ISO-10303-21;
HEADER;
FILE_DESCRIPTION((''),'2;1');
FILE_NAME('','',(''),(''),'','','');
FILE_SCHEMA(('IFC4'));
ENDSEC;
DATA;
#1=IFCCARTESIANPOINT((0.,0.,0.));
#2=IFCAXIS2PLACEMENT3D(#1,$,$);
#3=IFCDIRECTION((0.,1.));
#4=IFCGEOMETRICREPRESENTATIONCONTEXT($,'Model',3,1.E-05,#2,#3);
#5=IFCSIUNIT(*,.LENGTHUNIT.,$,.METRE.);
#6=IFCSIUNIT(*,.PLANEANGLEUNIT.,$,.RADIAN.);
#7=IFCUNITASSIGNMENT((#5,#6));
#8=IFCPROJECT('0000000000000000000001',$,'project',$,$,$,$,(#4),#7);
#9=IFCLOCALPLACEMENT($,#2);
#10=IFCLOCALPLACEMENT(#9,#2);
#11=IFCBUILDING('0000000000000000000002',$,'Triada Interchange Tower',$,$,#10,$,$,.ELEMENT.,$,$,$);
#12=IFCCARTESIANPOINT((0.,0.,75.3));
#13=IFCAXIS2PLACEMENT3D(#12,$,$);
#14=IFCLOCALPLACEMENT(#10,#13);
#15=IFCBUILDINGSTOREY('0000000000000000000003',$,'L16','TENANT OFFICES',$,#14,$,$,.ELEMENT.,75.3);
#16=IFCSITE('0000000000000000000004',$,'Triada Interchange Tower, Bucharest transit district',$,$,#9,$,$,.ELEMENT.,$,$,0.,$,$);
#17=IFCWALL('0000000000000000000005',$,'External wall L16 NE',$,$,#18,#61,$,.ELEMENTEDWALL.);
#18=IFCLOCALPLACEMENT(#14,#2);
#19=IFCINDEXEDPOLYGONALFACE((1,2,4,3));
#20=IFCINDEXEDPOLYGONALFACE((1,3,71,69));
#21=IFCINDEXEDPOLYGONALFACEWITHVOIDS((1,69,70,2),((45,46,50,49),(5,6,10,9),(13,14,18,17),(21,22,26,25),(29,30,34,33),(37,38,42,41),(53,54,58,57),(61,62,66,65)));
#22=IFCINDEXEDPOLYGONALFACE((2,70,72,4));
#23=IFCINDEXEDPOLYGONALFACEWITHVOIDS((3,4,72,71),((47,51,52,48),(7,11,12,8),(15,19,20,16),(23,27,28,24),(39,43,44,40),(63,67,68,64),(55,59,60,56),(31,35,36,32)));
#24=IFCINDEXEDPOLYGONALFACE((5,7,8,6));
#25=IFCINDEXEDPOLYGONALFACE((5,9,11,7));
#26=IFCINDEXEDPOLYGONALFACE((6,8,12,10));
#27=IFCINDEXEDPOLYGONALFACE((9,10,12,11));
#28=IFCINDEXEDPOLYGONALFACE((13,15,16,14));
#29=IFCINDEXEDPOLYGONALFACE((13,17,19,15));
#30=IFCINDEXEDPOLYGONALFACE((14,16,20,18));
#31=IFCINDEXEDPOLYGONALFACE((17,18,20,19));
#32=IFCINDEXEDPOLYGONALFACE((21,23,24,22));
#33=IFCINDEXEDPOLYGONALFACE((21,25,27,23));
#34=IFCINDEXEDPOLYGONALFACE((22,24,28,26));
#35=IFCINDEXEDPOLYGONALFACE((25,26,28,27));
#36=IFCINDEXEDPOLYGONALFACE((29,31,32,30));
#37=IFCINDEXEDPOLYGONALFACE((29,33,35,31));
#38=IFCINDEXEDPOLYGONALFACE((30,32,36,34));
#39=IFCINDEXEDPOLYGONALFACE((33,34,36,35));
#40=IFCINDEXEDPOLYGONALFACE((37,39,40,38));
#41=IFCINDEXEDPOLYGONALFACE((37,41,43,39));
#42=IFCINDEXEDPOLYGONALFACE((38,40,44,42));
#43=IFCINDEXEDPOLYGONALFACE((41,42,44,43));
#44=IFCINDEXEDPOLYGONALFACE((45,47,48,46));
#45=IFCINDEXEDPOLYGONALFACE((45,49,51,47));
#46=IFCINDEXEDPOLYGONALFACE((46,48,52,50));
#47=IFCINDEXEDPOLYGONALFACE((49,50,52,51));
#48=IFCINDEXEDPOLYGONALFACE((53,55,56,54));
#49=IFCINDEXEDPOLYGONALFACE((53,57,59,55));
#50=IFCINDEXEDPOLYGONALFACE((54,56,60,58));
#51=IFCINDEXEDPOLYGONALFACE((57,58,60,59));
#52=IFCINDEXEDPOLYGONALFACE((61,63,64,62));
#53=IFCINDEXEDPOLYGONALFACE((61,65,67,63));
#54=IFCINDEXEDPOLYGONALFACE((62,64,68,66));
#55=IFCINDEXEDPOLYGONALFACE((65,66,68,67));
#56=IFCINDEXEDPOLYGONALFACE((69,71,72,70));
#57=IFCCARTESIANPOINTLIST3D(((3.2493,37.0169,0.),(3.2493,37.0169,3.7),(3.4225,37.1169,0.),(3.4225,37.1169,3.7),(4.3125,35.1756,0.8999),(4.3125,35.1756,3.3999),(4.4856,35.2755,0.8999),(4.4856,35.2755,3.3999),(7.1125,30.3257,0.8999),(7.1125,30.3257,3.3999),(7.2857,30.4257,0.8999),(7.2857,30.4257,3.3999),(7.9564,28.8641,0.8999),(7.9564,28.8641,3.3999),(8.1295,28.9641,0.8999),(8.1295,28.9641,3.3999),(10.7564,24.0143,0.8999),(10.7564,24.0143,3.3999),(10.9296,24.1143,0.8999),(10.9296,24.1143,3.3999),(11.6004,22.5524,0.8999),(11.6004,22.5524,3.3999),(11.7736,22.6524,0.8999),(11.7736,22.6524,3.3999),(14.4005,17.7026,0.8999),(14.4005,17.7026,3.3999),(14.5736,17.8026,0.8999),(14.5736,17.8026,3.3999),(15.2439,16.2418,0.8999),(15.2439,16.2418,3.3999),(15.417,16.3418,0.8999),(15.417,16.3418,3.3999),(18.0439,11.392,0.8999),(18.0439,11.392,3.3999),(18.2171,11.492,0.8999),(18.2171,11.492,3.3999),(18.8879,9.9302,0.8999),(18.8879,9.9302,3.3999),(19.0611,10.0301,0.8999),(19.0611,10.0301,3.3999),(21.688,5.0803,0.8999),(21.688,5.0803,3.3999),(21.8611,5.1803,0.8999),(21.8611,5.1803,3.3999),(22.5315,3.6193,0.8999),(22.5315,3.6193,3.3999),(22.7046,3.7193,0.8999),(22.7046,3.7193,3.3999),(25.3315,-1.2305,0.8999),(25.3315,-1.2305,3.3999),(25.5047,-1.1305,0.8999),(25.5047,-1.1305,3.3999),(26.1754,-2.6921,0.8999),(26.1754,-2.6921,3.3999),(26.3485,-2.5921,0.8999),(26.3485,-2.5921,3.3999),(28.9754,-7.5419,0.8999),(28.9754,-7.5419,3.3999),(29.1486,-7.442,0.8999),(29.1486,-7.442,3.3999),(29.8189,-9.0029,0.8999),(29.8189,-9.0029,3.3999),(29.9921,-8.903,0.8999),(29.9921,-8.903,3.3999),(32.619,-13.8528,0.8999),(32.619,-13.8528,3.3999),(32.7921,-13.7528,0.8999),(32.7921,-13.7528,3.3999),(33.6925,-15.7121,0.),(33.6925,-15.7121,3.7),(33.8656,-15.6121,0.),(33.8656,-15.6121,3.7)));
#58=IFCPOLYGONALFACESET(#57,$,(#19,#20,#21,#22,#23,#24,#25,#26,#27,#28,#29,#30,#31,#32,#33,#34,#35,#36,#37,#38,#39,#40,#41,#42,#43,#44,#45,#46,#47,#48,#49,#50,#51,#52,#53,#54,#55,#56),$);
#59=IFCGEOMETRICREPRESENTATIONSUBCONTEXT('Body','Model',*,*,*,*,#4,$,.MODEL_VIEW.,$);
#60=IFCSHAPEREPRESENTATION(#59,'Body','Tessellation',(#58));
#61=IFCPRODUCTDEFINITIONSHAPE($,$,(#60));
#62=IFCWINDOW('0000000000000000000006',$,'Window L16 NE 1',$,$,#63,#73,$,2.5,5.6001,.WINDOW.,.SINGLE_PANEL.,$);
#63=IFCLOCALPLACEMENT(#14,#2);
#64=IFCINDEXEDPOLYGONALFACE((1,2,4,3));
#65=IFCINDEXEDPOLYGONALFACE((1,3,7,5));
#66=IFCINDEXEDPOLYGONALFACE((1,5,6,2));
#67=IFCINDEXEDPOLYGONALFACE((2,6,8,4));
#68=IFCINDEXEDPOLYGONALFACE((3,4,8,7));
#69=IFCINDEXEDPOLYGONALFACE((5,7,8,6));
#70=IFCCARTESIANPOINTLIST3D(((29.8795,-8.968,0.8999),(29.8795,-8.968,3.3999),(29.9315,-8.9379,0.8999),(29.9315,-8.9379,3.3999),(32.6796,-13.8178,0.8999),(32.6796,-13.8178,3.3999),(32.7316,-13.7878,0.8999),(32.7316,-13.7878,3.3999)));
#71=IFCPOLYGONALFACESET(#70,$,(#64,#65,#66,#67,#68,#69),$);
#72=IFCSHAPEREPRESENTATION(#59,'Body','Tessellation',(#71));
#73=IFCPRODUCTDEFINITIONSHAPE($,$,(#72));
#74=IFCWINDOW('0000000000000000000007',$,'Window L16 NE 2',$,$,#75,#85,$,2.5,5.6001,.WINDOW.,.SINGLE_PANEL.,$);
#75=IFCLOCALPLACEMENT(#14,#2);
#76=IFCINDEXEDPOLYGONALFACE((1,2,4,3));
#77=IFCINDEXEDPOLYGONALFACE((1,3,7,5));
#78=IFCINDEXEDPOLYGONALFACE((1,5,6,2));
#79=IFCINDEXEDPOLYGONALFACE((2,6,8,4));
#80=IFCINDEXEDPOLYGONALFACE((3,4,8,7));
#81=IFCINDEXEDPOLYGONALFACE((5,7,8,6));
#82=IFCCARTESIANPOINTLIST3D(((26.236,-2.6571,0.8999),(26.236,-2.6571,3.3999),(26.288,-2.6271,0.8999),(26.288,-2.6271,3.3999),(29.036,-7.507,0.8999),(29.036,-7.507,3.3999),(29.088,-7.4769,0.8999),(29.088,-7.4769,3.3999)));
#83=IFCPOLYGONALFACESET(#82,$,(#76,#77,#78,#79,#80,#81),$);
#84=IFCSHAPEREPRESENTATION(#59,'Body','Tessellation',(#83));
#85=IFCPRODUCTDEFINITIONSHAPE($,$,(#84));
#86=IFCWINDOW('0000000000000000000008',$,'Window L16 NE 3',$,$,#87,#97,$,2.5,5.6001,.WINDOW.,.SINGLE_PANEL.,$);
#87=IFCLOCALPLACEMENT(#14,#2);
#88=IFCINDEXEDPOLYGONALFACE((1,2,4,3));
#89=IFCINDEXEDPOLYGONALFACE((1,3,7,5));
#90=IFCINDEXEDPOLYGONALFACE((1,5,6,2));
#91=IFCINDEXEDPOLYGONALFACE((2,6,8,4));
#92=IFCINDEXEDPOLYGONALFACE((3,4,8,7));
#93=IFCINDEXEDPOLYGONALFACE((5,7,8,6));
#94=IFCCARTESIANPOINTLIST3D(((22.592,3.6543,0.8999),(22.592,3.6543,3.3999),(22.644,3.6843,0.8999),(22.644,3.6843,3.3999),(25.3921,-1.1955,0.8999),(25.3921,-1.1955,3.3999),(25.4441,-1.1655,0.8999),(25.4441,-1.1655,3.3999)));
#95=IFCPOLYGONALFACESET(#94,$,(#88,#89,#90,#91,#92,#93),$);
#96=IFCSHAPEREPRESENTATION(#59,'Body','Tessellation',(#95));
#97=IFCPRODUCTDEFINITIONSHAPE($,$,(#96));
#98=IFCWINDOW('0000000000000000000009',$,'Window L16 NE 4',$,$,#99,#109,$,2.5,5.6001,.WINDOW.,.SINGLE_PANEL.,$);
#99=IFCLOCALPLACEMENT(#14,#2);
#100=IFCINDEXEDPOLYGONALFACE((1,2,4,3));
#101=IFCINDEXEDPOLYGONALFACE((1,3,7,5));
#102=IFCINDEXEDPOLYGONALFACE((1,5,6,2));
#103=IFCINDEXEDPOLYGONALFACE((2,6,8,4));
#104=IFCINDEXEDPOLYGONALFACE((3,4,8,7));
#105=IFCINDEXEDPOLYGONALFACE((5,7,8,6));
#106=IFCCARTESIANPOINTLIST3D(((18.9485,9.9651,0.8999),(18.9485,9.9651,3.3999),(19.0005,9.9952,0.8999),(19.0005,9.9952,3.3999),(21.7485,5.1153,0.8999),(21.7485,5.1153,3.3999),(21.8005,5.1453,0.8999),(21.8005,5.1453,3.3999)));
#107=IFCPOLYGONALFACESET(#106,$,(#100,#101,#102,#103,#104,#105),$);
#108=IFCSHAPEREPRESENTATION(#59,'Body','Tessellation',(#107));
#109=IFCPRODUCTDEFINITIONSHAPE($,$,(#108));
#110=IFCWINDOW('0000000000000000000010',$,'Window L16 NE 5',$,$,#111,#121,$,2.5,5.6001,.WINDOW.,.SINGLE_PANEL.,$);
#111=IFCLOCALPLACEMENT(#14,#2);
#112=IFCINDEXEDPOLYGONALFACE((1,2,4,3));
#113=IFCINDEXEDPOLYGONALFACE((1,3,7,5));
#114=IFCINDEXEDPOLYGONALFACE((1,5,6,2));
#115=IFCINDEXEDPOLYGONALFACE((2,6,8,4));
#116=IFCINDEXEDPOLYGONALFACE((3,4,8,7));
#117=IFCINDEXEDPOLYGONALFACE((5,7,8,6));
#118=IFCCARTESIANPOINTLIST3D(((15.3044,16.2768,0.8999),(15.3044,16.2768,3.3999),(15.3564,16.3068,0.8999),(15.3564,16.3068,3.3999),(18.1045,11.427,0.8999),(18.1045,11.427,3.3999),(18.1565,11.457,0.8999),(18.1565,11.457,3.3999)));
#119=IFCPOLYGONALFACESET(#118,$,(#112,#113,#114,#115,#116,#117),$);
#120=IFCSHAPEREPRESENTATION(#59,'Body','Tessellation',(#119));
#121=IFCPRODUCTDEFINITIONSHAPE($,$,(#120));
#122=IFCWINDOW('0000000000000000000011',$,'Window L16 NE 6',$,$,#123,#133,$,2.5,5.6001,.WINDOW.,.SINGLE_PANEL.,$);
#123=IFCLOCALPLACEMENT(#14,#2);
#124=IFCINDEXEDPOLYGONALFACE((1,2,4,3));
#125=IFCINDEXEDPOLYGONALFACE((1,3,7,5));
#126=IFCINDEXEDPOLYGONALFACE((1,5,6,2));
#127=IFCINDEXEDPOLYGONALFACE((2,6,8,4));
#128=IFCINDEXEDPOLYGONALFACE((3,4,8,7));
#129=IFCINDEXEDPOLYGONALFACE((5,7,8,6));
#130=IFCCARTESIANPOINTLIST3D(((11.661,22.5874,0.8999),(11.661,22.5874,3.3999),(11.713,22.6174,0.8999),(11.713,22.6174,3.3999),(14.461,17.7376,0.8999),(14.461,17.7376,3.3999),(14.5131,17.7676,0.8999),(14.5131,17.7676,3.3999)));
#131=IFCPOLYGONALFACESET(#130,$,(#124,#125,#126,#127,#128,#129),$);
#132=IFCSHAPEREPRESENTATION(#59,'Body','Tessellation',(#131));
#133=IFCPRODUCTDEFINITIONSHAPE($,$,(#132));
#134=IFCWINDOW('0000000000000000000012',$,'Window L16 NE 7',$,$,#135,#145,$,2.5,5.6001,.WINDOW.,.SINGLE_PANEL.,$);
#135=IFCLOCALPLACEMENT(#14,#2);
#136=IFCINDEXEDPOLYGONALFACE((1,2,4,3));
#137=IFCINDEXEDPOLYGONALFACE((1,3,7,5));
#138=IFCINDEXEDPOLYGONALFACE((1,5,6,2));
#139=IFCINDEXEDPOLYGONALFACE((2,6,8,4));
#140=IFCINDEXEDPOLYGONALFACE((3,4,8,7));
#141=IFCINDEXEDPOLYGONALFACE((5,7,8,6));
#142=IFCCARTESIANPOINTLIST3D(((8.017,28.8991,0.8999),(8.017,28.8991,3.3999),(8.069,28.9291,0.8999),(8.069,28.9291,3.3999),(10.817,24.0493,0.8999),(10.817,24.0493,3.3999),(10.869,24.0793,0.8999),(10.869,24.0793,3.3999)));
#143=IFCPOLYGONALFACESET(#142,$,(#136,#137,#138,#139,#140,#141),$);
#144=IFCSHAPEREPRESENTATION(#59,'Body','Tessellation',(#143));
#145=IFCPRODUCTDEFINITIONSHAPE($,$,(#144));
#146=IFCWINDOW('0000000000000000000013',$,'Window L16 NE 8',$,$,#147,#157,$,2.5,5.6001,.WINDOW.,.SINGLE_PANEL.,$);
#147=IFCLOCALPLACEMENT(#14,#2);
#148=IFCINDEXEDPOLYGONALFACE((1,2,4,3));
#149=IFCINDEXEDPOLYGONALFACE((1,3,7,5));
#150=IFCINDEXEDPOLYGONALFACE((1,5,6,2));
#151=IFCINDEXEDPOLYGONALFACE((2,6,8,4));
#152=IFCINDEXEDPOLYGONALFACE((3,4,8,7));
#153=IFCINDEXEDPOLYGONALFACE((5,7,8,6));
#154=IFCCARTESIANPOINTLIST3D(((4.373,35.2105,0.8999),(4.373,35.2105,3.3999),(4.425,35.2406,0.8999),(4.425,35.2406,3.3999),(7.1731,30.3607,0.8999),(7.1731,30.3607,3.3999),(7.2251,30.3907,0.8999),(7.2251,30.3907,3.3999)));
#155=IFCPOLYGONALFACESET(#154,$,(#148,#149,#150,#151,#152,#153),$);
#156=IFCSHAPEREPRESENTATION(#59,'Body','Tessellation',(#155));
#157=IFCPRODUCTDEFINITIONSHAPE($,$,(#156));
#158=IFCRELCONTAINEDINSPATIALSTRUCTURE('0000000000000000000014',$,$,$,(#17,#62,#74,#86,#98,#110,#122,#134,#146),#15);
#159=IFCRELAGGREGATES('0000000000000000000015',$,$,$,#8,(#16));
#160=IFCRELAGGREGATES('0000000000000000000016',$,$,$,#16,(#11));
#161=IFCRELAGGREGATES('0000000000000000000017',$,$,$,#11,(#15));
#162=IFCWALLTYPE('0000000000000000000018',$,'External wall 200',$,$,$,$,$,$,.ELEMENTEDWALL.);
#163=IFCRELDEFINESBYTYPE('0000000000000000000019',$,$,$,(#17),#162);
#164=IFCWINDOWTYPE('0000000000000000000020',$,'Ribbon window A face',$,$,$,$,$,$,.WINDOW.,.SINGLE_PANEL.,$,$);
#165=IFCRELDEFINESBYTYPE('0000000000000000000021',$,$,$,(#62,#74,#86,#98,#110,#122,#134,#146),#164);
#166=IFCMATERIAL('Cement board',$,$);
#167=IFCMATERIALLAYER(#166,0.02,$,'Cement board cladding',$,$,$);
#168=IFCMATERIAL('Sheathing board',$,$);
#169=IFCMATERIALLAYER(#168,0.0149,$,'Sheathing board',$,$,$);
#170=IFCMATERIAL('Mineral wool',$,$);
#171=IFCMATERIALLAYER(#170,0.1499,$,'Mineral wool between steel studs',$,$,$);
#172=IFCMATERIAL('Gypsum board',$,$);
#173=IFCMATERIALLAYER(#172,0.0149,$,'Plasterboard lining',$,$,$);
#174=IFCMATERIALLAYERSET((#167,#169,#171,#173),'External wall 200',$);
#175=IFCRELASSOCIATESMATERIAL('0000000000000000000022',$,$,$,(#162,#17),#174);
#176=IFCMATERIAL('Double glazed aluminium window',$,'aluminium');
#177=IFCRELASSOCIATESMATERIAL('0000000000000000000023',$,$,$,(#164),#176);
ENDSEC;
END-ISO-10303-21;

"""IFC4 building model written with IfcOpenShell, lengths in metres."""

from ifc_helpers import new_model, si_unit, direction, frame, frame_2d, origin, place, context, subcontext, project, spatial, rectangle, extrude, material, layer, layer_set, layer_usage, type_object, element, fill, save


model = new_model("IFC4")

# Units and contexts
model_context = context("Model", 3, precision=1e-05, world=origin(), true_north=direction((0.0, 1.0)))
body_context = subcontext(model_context, "Body", "Model", "MODEL_VIEW")
ifc_project = project(units=[si_unit("LENGTHUNIT", "METRE"), si_unit("PLANEANGLEUNIT", "RADIAN")], contexts=[model_context])

# Site, building, storey
site_placement = place(None, origin())
site = spatial("IfcSite", under=ifc_project, at=site_placement, Name="Triada Interchange Tower, Bucharest transit district", CompositionType="ELEMENT", RefElevation=0.0)
building_placement = place(site_placement, origin())
building = spatial("IfcBuilding", under=site, at=building_placement, Name="Triada Interchange Tower", CompositionType="ELEMENT")
storey_placement = place(building_placement, frame((0.0, 0.0, 75.3)))
storey = spatial("IfcBuildingStorey", under=building, at=storey_placement, Name="L16", Description="TENANT OFFICES", CompositionType="ELEMENT", Elevation=75.3)

# Shared definitions
ifc_material_1 = material(Name="Cement board")
ifc_layer_1 = layer(ifc_material_1, 0.02, Name="Cement board cladding")
ifc_material_2 = material(Name="Sheathing board")
ifc_layer_2 = layer(ifc_material_2, 0.0149, Name="Sheathing board")
ifc_material_3 = material(Name="Mineral wool")
ifc_layer_3 = layer(ifc_material_3, 0.1499, Name="Mineral wool between steel studs")
ifc_material_4 = material(Name="Gypsum board")
ifc_layer_4 = layer(ifc_material_4, 0.0149, Name="Plasterboard lining")
ifc_layer_set_1 = layer_set([ifc_layer_1, ifc_layer_2, ifc_layer_3, ifc_layer_4], Name="External wall 200")
ifc_layer_usage = layer_usage(ifc_layer_set_1, "AXIS2", "POSITIVE", -0.1001)
wall_type = type_object("IfcWallType", Name="External wall 200", PredefinedType="ELEMENTEDWALL", material=ifc_layer_set_1)
ifc_material_5 = material(Name="Double glazed aluminium window", Category="aluminium")

# Wall, openings, windows
wall_1_placement = place(storey_placement, frame((33.7791, -15.6621, 0.0), z_axis=(0.0, 0.0, 1.0), x_axis=(-0.5, 0.866025, 0.0)))
wall_1 = element("IfcWall", 1, at=wall_1_placement, inside=storey, type_object=wall_type, material=ifc_layer_usage, Name="External wall L16 NE", PredefinedType="ELEMENTEDWALL", context=body_context, shape_type="SweptSolid", body=[
    extrude(rectangle(XDim=60.8862, YDim=0.2, at=frame_2d((30.4431, 0.0))), origin(), (0.0, 0.0, 1.0), 3.7),
])
opening_1_placement = place(wall_1_placement, frame((2.147, 0.0, 0.8999)))
opening_1 = element("IfcOpeningElement", 2, at=opening_1_placement, cuts=wall_1, PredefinedType="OPENING", context=body_context, shape_type="SweptSolid", body=[
    extrude(rectangle(XDim=5.6001, YDim=2.5, at=frame_2d((2.8, 1.25))), frame((0.0, 0.1099, 0.0), z_axis=(0.0, -1.0, 0.0), x_axis=(1.0, 0.0, 0.0)), (0.0, 0.0, 1.0), 0.22),
])
opening_2_placement = place(wall_1_placement, frame((9.4341, 0.0, 0.8999)))
opening_2 = element("IfcOpeningElement", 3, at=opening_2_placement, cuts=wall_1, PredefinedType="OPENING", context=body_context, shape_type="SweptSolid", body=[
    extrude(rectangle(XDim=5.6001, YDim=2.5, at=frame_2d((2.8, 1.25))), frame((0.0, 0.1099, 0.0), z_axis=(0.0, -1.0, 0.0), x_axis=(1.0, 0.0, 0.0)), (0.0, 0.0, 1.0), 0.22),
])
opening_3_placement = place(wall_1_placement, frame((16.7219, 0.0, 0.8999)))
opening_3 = element("IfcOpeningElement", 4, at=opening_3_placement, cuts=wall_1, PredefinedType="OPENING", context=body_context, shape_type="SweptSolid", body=[
    extrude(rectangle(XDim=5.6001, YDim=2.5, at=frame_2d((2.8, 1.25))), frame((0.0, 0.1099, 0.0), z_axis=(0.0, -1.0, 0.0), x_axis=(1.0, 0.0, 0.0)), (0.0, 0.0, 1.0), 0.22),
])
opening_4_placement = place(wall_1_placement, frame((24.009, 0.0, 0.8999)))
opening_4 = element("IfcOpeningElement", 5, at=opening_4_placement, cuts=wall_1, PredefinedType="OPENING", context=body_context, shape_type="SweptSolid", body=[
    extrude(rectangle(XDim=5.6001, YDim=2.5, at=frame_2d((2.8, 1.25))), frame((0.0, 0.1099, 0.0), z_axis=(0.0, -1.0, 0.0), x_axis=(1.0, 0.0, 0.0)), (0.0, 0.0, 1.0), 0.22),
])
opening_5_placement = place(wall_1_placement, frame((31.2971, 0.0, 0.8999)))
opening_5 = element("IfcOpeningElement", 6, at=opening_5_placement, cuts=wall_1, PredefinedType="OPENING", context=body_context, shape_type="SweptSolid", body=[
    extrude(rectangle(XDim=5.6001, YDim=2.5, at=frame_2d((2.8, 1.25))), frame((0.0, 0.1099, 0.0), z_axis=(0.0, -1.0, 0.0), x_axis=(1.0, 0.0, 0.0)), (0.0, 0.0, 1.0), 0.22),
])
opening_6_placement = place(wall_1_placement, frame((38.584, 0.0, 0.8999)))
opening_6 = element("IfcOpeningElement", 7, at=opening_6_placement, cuts=wall_1, PredefinedType="OPENING", context=body_context, shape_type="SweptSolid", body=[
    extrude(rectangle(XDim=5.6001, YDim=2.5, at=frame_2d((2.8, 1.25))), frame((0.0, 0.1099, 0.0), z_axis=(0.0, -1.0, 0.0), x_axis=(1.0, 0.0, 0.0)), (0.0, 0.0, 1.0), 0.22),
])
opening_7_placement = place(wall_1_placement, frame((45.8721, 0.0, 0.8999)))
opening_7 = element("IfcOpeningElement", 8, at=opening_7_placement, cuts=wall_1, PredefinedType="OPENING", context=body_context, shape_type="SweptSolid", body=[
    extrude(rectangle(XDim=5.6001, YDim=2.5, at=frame_2d((2.8, 1.25))), frame((0.0, 0.1099, 0.0), z_axis=(0.0, -1.0, 0.0), x_axis=(1.0, 0.0, 0.0)), (0.0, 0.0, 1.0), 0.22),
])
opening_8_placement = place(wall_1_placement, frame((53.1599, 0.0, 0.8999)))
opening_8 = element("IfcOpeningElement", 9, at=opening_8_placement, cuts=wall_1, PredefinedType="OPENING", context=body_context, shape_type="SweptSolid", body=[
    extrude(rectangle(XDim=5.6001, YDim=2.5, at=frame_2d((2.8, 1.25))), frame((0.0, 0.1099, 0.0), z_axis=(0.0, -1.0, 0.0), x_axis=(1.0, 0.0, 0.0)), (0.0, 0.0, 1.0), 0.22),
])
window_type_1 = type_object("IfcWindowType", Name="Ribbon window A face", PartitioningType="SINGLE_PANEL", PredefinedType="WINDOW", material=ifc_material_5)
window_1_placement = place(opening_1_placement, origin())
window_1 = element("IfcWindow", 10, at=window_1_placement, inside=storey, type_object=window_type_1, Name="Window L16 NE 1", OverallHeight=2.5, OverallWidth=5.6001, PartitioningType="SINGLE_PANEL", PredefinedType="WINDOW", context=body_context, shape_type="SweptSolid", body=[
    extrude(rectangle(XDim=5.6001, YDim=2.5, at=frame_2d((2.8, 1.25))), frame((0.0, 0.03, 0.0), z_axis=(0.0, -1.0, 0.0), x_axis=(1.0, 0.0, 0.0)), (0.0, 0.0, 1.0), 0.0601),
])
fill(opening_1, window_1)
window_2_placement = place(opening_2_placement, origin())
window_2 = element("IfcWindow", 11, at=window_2_placement, inside=storey, type_object=window_type_1, Name="Window L16 NE 2", OverallHeight=2.5, OverallWidth=5.6001, PartitioningType="SINGLE_PANEL", PredefinedType="WINDOW", context=body_context, shape_type="SweptSolid", body=[
    extrude(rectangle(XDim=5.6001, YDim=2.5, at=frame_2d((2.8, 1.25))), frame((0.0, 0.03, 0.0), z_axis=(0.0, -1.0, 0.0), x_axis=(1.0, 0.0, 0.0)), (0.0, 0.0, 1.0), 0.0601),
])
fill(opening_2, window_2)
window_3_placement = place(opening_3_placement, origin())
window_3 = element("IfcWindow", 12, at=window_3_placement, inside=storey, type_object=window_type_1, Name="Window L16 NE 3", OverallHeight=2.5, OverallWidth=5.6001, PartitioningType="SINGLE_PANEL", PredefinedType="WINDOW", context=body_context, shape_type="SweptSolid", body=[
    extrude(rectangle(XDim=5.6001, YDim=2.5, at=frame_2d((2.8, 1.25))), frame((0.0, 0.03, 0.0), z_axis=(0.0, -1.0, 0.0), x_axis=(1.0, 0.0, 0.0)), (0.0, 0.0, 1.0), 0.0601),
])
fill(opening_3, window_3)
window_4_placement = place(opening_4_placement, origin())
window_4 = element("IfcWindow", 13, at=window_4_placement, inside=storey, type_object=window_type_1, Name="Window L16 NE 4", OverallHeight=2.5, OverallWidth=5.6001, PartitioningType="SINGLE_PANEL", PredefinedType="WINDOW", context=body_context, shape_type="SweptSolid", body=[
    extrude(rectangle(XDim=5.6001, YDim=2.5, at=frame_2d((2.8, 1.25))), frame((0.0, 0.03, 0.0), z_axis=(0.0, -1.0, 0.0), x_axis=(1.0, 0.0, 0.0)), (0.0, 0.0, 1.0), 0.0601),
])
fill(opening_4, window_4)
window_5_placement = place(opening_5_placement, origin())
window_5 = element("IfcWindow", 14, at=window_5_placement, inside=storey, type_object=window_type_1, Name="Window L16 NE 5", OverallHeight=2.5, OverallWidth=5.6001, PartitioningType="SINGLE_PANEL", PredefinedType="WINDOW", context=body_context, shape_type="SweptSolid", body=[
    extrude(rectangle(XDim=5.6001, YDim=2.5, at=frame_2d((2.8, 1.25))), frame((0.0, 0.03, 0.0), z_axis=(0.0, -1.0, 0.0), x_axis=(1.0, 0.0, 0.0)), (0.0, 0.0, 1.0), 0.0601),
])
fill(opening_5, window_5)
window_6_placement = place(opening_6_placement, origin())
window_6 = element("IfcWindow", 15, at=window_6_placement, inside=storey, type_object=window_type_1, Name="Window L16 NE 6", OverallHeight=2.5, OverallWidth=5.6001, PartitioningType="SINGLE_PANEL", PredefinedType="WINDOW", context=body_context, shape_type="SweptSolid", body=[
    extrude(rectangle(XDim=5.6001, YDim=2.5, at=frame_2d((2.8, 1.25))), frame((0.0, 0.03, 0.0), z_axis=(0.0, -1.0, 0.0), x_axis=(1.0, 0.0, 0.0)), (0.0, 0.0, 1.0), 0.0601),
])
fill(opening_6, window_6)
window_7_placement = place(opening_7_placement, origin())
window_7 = element("IfcWindow", 16, at=window_7_placement, inside=storey, type_object=window_type_1, Name="Window L16 NE 7", OverallHeight=2.5, OverallWidth=5.6001, PartitioningType="SINGLE_PANEL", PredefinedType="WINDOW", context=body_context, shape_type="SweptSolid", body=[
    extrude(rectangle(XDim=5.6001, YDim=2.5, at=frame_2d((2.8, 1.25))), frame((0.0, 0.03, 0.0), z_axis=(0.0, -1.0, 0.0), x_axis=(1.0, 0.0, 0.0)), (0.0, 0.0, 1.0), 0.0601),
])
fill(opening_7, window_7)
window_8_placement = place(opening_8_placement, origin())
window_8 = element("IfcWindow", 17, at=window_8_placement, inside=storey, type_object=window_type_1, Name="Window L16 NE 8", OverallHeight=2.5, OverallWidth=5.6001, PartitioningType="SINGLE_PANEL", PredefinedType="WINDOW", context=body_context, shape_type="SweptSolid", body=[
    extrude(rectangle(XDim=5.6001, YDim=2.5, at=frame_2d((2.8, 1.25))), frame((0.0, 0.03, 0.0), z_axis=(0.0, -1.0, 0.0), x_axis=(1.0, 0.0, 0.0)), (0.0, 0.0, 1.0), 0.0601),
])
fill(opening_8, window_8)

save(model, "model.ifc")
